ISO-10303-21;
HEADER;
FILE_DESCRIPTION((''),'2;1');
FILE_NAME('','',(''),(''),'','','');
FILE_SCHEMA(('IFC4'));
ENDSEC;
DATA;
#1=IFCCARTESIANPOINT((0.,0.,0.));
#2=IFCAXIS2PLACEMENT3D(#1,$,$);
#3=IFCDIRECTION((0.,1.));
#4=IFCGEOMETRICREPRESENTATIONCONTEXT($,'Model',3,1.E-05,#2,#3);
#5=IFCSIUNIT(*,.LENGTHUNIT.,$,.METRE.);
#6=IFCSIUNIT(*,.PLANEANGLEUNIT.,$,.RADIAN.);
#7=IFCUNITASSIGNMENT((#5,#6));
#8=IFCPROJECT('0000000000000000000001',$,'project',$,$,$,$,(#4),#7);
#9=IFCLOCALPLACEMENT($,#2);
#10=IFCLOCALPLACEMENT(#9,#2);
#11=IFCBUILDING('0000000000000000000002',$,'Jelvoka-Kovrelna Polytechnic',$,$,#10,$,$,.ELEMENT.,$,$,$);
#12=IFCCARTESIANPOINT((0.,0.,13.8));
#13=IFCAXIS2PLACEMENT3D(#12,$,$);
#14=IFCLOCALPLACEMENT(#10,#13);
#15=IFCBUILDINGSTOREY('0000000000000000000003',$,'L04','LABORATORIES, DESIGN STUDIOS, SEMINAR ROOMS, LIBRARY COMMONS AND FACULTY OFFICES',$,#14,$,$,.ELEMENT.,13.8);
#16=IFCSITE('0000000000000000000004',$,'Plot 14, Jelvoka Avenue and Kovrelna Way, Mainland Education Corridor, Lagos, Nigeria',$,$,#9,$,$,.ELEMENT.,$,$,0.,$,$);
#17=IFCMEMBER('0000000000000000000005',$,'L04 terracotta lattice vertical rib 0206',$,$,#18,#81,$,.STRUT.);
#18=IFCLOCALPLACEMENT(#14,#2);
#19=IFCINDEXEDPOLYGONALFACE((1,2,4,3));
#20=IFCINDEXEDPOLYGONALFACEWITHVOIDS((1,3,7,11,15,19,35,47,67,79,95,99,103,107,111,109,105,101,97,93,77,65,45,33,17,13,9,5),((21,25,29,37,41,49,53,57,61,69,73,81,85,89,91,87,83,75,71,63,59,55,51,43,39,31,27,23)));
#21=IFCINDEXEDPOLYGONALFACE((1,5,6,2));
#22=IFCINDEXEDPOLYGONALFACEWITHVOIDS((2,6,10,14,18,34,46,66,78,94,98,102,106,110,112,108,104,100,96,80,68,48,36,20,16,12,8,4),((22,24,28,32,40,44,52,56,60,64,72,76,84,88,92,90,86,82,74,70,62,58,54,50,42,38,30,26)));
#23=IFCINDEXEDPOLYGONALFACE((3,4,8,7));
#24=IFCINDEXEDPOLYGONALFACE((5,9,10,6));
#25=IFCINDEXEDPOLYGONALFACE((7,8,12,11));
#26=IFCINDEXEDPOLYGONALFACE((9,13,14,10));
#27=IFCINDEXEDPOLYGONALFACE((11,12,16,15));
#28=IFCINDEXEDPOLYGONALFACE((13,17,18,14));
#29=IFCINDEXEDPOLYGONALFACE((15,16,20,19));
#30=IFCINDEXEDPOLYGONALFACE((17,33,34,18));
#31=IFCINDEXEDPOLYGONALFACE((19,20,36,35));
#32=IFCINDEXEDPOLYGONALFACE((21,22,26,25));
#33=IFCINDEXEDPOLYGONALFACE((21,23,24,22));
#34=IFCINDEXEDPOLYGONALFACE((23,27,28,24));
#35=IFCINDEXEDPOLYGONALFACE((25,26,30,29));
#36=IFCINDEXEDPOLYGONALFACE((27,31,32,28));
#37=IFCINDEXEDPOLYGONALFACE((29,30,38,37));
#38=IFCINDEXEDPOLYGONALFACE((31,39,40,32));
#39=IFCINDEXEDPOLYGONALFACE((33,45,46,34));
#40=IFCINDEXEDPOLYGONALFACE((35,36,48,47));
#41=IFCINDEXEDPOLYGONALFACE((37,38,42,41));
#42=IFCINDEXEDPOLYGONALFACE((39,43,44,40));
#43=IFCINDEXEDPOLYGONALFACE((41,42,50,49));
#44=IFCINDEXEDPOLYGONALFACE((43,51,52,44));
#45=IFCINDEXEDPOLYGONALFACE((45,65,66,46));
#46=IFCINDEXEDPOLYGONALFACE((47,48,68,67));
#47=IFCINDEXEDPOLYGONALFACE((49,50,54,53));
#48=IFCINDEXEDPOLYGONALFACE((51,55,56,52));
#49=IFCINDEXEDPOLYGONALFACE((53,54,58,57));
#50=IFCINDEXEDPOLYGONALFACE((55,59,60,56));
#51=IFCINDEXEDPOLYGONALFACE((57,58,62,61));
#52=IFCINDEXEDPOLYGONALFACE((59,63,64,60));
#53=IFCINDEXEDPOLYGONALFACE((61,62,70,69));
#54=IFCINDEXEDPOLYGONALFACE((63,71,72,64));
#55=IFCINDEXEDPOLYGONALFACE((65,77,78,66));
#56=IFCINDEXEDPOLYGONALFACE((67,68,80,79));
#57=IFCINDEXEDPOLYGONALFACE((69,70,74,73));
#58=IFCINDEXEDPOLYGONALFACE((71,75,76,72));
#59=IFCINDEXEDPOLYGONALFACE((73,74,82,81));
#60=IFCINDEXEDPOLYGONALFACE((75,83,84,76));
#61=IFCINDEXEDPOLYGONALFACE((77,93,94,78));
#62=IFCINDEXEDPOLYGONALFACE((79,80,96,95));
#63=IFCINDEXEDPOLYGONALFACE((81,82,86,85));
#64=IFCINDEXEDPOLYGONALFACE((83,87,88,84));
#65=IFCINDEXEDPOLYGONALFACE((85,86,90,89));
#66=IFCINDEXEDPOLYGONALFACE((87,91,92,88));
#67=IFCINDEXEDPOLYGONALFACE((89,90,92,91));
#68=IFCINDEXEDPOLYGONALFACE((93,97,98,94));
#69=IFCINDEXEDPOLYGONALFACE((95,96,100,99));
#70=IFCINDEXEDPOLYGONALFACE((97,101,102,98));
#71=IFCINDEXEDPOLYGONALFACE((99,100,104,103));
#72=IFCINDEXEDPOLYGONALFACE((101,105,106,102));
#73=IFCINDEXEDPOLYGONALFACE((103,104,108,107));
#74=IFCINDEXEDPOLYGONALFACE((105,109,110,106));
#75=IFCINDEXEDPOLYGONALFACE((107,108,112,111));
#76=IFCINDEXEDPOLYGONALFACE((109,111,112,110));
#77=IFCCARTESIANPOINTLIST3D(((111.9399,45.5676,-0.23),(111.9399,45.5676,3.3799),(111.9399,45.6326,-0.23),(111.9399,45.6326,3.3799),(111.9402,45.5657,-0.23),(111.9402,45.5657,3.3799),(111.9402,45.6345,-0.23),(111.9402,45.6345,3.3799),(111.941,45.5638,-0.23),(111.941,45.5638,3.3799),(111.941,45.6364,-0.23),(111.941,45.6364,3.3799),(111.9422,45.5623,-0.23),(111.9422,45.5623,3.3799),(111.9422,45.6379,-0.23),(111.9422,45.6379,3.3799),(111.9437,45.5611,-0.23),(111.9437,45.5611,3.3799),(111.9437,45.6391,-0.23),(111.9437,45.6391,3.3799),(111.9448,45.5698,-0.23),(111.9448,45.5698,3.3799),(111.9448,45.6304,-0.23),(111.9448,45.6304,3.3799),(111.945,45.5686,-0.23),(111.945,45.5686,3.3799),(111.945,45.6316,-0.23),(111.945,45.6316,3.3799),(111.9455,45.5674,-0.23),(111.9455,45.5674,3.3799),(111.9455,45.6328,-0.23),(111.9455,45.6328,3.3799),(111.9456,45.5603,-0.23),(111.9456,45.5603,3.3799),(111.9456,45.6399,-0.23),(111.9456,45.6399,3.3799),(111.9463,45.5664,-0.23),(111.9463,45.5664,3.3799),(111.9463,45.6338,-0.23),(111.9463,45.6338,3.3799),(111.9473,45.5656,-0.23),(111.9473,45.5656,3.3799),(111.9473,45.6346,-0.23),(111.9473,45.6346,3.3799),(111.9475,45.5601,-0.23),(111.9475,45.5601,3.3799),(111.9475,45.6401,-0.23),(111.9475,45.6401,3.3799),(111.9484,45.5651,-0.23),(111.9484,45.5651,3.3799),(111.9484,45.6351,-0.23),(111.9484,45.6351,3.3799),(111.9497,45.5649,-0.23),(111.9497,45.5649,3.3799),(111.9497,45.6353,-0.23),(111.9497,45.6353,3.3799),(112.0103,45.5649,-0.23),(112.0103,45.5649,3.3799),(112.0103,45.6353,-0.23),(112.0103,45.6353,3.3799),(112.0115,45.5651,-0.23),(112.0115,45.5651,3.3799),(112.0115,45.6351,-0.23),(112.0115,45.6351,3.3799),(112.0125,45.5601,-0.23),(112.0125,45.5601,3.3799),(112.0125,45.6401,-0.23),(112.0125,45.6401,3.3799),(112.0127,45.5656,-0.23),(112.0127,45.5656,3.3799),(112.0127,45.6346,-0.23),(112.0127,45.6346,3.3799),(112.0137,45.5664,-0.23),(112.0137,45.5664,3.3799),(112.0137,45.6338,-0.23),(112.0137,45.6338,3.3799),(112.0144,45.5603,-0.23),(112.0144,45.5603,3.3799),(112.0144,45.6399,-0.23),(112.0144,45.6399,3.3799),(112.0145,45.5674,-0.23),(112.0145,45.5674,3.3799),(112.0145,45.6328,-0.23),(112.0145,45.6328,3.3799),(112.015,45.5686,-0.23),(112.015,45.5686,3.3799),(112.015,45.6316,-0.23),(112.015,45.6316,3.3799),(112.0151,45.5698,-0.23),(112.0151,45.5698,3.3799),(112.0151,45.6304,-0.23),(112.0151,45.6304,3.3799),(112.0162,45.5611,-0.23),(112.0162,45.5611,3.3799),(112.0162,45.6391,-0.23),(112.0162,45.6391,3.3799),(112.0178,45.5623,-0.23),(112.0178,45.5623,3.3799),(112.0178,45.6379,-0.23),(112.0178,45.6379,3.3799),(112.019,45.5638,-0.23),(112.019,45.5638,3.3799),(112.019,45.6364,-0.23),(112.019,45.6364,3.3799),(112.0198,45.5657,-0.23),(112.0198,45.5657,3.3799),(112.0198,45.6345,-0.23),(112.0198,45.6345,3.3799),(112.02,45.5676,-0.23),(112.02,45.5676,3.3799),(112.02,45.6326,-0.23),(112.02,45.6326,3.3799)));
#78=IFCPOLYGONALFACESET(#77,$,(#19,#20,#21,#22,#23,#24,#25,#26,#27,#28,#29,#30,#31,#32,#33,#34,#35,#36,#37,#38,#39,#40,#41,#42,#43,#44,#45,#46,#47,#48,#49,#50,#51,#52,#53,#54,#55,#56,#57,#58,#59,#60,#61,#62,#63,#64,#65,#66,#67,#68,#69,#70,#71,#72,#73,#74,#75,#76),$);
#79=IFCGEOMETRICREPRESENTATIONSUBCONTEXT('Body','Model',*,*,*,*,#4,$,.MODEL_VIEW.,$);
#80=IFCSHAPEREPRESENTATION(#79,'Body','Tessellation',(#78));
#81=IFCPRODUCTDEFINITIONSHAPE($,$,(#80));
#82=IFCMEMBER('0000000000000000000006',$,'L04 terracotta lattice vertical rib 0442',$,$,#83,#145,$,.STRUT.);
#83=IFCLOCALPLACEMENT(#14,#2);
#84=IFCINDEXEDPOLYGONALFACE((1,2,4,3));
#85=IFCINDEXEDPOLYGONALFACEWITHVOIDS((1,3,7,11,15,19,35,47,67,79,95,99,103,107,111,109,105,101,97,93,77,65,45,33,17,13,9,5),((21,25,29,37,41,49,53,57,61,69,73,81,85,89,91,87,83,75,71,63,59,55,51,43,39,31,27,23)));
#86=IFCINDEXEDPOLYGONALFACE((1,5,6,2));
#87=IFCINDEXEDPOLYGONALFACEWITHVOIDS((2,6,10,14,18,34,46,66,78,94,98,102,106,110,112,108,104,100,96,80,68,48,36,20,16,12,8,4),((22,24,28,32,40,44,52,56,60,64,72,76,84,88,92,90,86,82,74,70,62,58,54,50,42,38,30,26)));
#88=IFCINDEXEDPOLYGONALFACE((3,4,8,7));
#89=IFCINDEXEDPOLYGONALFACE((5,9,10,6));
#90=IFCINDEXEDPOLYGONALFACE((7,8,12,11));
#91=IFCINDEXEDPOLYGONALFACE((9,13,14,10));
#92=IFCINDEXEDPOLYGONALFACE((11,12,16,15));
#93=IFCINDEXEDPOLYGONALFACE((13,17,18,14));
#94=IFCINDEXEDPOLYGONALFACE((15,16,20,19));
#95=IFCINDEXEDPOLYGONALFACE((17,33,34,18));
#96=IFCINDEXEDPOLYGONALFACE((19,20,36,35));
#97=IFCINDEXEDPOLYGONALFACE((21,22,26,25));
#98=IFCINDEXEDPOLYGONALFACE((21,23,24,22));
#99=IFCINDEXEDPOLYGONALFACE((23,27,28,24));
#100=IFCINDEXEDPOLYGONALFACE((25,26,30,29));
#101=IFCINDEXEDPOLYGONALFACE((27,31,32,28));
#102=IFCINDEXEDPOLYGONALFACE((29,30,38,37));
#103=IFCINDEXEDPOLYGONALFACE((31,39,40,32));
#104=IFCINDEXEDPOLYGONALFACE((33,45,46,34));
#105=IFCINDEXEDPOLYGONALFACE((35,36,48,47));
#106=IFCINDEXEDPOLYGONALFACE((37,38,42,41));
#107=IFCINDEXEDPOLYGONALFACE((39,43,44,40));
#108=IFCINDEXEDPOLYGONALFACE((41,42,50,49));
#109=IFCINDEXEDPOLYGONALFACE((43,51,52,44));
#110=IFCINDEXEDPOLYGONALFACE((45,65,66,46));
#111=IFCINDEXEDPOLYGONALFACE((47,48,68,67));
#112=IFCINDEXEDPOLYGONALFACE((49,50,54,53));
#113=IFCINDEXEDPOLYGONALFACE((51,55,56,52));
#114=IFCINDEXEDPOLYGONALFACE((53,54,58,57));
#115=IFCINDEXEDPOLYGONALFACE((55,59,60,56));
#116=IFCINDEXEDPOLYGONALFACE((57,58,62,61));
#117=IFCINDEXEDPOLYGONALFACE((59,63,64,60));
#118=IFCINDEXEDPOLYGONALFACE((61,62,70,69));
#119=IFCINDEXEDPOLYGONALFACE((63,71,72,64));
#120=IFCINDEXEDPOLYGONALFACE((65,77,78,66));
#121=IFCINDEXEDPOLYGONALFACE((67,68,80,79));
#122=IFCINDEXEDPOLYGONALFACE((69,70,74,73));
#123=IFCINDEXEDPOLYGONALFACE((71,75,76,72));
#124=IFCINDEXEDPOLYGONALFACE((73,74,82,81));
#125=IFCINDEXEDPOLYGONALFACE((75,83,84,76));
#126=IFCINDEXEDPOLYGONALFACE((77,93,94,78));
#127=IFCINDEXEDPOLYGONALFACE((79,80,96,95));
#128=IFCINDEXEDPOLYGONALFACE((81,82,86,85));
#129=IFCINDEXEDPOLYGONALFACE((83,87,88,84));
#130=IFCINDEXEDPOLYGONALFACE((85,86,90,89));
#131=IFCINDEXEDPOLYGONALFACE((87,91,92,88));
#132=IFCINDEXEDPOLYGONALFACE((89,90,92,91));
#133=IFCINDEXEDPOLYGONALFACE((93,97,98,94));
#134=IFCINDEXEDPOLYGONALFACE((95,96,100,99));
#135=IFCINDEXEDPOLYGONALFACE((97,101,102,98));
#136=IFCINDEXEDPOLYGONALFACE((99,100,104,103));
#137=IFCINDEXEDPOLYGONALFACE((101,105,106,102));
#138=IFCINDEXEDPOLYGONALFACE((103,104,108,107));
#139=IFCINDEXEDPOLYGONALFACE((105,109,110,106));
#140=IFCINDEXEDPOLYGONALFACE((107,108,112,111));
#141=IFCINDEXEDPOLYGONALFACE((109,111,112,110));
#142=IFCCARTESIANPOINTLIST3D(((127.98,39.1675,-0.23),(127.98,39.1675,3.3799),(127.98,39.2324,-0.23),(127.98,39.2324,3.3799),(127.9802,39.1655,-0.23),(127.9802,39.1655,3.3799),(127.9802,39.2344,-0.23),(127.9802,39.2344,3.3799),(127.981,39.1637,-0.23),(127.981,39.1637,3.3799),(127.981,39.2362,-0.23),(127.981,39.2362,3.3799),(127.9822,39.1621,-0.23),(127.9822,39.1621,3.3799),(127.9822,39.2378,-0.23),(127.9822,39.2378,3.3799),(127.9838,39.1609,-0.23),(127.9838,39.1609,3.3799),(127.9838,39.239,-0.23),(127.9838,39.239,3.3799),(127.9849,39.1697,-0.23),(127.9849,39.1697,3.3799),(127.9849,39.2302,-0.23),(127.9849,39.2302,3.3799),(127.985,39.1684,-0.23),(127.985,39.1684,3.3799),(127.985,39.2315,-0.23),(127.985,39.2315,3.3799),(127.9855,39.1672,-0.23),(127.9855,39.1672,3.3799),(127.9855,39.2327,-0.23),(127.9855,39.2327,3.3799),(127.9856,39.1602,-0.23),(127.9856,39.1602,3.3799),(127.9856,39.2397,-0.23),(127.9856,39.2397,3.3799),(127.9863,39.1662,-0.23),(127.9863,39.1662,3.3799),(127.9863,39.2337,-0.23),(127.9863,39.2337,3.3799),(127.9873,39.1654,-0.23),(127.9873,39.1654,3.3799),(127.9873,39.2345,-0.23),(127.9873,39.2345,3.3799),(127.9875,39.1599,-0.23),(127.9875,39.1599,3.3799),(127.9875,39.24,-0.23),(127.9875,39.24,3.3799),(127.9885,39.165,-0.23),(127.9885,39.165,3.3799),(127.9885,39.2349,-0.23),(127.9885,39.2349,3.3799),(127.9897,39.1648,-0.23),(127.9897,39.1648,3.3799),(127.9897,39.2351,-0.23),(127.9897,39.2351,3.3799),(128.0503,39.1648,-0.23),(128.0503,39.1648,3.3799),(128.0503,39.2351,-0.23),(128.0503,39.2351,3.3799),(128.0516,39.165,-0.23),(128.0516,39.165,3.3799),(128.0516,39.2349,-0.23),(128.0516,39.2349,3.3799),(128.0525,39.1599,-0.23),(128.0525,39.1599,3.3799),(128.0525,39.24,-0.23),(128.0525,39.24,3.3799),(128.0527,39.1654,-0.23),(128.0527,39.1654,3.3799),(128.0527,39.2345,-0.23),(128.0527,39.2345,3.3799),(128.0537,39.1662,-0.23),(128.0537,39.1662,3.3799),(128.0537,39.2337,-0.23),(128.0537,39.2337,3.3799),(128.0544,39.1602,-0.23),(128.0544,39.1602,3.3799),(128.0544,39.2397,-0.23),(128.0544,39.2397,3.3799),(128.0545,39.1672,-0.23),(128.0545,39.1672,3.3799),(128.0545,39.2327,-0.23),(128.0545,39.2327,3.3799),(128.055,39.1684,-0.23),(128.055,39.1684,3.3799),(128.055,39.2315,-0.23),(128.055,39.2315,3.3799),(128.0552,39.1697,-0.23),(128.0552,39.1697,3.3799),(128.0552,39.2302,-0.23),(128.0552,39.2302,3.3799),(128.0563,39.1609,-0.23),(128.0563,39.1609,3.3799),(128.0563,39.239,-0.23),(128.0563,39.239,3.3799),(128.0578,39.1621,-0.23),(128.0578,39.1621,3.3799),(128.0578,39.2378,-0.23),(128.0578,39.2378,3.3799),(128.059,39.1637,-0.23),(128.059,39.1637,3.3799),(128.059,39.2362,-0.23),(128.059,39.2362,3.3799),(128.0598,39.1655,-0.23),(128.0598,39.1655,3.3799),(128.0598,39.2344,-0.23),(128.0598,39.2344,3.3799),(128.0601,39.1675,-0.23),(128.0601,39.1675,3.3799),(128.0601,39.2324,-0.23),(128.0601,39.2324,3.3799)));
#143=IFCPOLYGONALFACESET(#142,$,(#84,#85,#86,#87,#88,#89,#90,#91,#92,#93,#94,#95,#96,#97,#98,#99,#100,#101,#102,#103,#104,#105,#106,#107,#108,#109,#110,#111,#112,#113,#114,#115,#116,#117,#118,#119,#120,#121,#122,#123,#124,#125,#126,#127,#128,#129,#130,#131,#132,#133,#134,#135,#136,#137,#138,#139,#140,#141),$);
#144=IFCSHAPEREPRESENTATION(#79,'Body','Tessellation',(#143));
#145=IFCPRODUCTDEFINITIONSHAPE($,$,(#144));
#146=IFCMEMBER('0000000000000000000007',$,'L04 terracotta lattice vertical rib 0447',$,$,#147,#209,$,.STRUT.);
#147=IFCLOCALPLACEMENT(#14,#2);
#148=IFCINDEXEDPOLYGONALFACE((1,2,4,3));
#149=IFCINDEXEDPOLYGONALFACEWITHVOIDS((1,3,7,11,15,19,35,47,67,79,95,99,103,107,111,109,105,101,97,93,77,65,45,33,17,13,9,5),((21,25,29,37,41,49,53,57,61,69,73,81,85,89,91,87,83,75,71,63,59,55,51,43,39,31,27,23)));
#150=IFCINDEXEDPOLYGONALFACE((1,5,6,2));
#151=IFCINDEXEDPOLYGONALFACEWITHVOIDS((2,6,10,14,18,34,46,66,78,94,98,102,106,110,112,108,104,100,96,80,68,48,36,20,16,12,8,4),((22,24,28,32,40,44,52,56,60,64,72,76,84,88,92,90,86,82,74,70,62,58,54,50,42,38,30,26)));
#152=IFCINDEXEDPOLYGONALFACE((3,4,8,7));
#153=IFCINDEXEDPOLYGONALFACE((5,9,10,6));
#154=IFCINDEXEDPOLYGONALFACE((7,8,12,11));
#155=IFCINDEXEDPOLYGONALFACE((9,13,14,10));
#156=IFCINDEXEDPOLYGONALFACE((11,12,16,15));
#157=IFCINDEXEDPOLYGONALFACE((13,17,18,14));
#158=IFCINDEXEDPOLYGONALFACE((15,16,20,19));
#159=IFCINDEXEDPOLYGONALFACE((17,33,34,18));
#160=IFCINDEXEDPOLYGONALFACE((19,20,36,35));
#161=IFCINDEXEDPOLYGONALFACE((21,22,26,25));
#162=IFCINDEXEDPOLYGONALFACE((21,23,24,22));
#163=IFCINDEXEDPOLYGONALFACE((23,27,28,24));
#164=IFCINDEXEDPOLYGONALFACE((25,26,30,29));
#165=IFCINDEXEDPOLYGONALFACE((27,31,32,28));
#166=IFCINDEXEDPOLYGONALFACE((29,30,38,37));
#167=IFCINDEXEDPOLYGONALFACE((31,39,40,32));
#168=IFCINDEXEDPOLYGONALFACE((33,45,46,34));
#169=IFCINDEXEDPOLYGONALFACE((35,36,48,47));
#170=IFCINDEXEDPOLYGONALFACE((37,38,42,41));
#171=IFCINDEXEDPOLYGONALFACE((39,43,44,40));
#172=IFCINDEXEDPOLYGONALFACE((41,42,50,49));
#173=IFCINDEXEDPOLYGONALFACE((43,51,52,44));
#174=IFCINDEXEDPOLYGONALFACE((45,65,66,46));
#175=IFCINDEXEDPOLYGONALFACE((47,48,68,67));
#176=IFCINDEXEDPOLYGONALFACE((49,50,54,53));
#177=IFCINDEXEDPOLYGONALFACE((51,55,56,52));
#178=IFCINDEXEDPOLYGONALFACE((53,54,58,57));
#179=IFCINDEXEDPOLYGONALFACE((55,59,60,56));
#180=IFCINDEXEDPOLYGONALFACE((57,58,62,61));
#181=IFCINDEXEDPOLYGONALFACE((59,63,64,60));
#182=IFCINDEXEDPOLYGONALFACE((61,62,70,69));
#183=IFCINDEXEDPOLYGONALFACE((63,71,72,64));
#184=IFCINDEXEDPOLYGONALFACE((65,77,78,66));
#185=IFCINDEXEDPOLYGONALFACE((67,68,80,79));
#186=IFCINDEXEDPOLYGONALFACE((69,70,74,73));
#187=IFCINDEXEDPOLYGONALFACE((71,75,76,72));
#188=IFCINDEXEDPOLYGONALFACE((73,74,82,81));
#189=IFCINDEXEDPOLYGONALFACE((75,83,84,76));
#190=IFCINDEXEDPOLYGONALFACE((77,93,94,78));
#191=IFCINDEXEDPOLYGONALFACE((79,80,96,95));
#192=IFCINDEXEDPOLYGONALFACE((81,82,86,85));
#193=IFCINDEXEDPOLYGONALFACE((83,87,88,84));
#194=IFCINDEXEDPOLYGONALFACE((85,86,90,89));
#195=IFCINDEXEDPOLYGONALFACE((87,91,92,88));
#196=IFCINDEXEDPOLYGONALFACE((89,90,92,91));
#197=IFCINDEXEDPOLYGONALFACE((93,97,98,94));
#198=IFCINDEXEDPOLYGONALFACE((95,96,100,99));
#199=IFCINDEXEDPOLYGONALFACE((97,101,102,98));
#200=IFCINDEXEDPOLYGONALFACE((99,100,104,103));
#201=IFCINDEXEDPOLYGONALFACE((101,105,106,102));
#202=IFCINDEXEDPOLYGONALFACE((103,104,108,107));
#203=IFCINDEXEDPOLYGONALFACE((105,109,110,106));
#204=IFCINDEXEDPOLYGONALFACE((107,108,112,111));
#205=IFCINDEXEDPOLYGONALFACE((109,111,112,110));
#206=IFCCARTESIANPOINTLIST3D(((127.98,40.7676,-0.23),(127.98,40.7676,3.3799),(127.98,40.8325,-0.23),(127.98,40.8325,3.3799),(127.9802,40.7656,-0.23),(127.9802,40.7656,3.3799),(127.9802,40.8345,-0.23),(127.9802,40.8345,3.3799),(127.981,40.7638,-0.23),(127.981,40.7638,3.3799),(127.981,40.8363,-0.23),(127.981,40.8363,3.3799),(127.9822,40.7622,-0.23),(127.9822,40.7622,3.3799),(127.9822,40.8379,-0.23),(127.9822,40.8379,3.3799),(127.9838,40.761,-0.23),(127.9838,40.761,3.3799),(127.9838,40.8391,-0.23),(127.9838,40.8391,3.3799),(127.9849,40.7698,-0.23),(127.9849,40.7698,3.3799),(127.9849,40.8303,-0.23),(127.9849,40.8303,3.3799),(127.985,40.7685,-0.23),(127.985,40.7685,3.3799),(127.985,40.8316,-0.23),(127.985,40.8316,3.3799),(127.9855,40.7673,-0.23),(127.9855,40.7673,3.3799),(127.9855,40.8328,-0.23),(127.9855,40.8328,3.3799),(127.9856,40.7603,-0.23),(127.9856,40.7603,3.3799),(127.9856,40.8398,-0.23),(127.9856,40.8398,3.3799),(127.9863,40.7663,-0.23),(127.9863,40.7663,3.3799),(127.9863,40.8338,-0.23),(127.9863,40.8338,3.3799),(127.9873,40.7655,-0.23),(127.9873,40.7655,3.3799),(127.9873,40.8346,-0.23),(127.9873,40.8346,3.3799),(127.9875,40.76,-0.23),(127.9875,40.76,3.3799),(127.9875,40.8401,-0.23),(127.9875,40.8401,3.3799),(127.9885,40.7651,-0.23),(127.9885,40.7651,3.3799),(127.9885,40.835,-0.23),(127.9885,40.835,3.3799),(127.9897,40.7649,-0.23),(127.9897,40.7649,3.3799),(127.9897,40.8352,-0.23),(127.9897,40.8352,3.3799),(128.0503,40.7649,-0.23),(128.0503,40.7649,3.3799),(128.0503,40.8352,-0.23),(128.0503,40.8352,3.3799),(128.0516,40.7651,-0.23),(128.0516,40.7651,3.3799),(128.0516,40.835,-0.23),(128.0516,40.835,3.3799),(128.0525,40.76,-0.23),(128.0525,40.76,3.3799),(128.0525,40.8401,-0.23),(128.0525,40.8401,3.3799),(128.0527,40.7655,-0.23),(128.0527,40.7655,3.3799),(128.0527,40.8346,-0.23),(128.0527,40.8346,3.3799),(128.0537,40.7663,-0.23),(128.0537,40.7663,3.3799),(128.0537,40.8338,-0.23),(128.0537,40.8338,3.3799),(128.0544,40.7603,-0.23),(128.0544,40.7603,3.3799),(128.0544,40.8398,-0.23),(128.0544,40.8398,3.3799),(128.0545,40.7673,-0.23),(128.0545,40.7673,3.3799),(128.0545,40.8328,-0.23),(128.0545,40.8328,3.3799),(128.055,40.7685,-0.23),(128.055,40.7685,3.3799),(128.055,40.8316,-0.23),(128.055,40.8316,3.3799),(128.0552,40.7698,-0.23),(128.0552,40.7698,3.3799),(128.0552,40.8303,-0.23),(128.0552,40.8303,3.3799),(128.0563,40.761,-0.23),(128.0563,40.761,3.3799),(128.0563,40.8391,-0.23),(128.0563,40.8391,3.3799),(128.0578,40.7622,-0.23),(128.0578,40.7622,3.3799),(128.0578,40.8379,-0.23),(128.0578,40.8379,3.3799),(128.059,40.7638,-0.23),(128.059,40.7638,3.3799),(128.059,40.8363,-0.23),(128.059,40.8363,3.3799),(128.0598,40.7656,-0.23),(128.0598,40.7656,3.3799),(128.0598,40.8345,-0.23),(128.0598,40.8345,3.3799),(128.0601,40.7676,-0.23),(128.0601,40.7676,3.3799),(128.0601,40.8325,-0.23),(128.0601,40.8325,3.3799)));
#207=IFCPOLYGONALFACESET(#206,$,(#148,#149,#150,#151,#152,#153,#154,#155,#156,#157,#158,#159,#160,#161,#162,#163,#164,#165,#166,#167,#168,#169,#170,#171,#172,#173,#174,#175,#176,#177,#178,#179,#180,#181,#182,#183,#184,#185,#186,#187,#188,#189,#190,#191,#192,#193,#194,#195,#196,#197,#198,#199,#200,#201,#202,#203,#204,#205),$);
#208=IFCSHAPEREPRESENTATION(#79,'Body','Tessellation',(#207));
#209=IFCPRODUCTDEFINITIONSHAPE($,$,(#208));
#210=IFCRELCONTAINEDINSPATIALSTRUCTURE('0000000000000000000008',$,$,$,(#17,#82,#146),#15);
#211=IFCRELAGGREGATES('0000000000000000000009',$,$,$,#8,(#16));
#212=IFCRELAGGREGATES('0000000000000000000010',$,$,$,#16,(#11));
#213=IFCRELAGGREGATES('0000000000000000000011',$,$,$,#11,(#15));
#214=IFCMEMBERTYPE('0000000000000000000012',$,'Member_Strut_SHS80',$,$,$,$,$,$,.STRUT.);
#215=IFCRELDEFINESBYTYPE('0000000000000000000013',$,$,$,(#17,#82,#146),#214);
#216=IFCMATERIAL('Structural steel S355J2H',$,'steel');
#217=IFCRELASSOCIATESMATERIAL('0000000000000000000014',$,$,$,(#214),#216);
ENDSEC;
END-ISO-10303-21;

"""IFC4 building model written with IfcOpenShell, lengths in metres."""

from ifc_helpers import new_model, si_unit, direction, frame, origin, origin_2d, place, context, subcontext, project, spatial, hollow_rectangle, extrude, material, material_profile, profile_set, type_object, element, save


model = new_model("IFC4")

# Units and contexts
model_context = context("Model", 3, precision=1e-05, world=origin(), true_north=direction((0.0, 1.0)))
body_context = subcontext(model_context, "Body", "Model", "MODEL_VIEW")
ifc_project = project(units=[si_unit("LENGTHUNIT", "METRE"), si_unit("PLANEANGLEUNIT", "RADIAN")], contexts=[model_context])

# Site, building, storey
site_placement = place(None, origin())
site = spatial("IfcSite", under=ifc_project, at=site_placement, Name="Plot 14, Jelvoka Avenue and Kovrelna Way, Mainland Education Corridor, Lagos, Nigeria", CompositionType="ELEMENT", RefElevation=0.0)
building_placement = place(site_placement, origin())
building = spatial("IfcBuilding", under=site, at=building_placement, Name="Jelvoka-Kovrelna Polytechnic", CompositionType="ELEMENT")
storey_placement = place(building_placement, frame((0.0, 0.0, 13.8)))
storey = spatial("IfcBuildingStorey", under=building, at=storey_placement, Name="L04", Description="LABORATORIES, DESIGN STUDIOS, SEMINAR ROOMS, LIBRARY COMMONS AND FACULTY OFFICES", CompositionType="ELEMENT", Elevation=13.8)

# Members
ifc_material_1 = material(Name="Structural steel S355J2H", Category="steel")
ifc_material_profile_1 = material_profile(ifc_material_1, hollow_rectangle(XDim=0.0801, YDim=0.0801, WallThickness=0.0049, InnerFilletRadius=0.0049, OuterFilletRadius=0.0076, at=origin_2d()), Name="80x80x5.0 SHS")
ifc_profile_set_1 = profile_set([ifc_material_profile_1], Name="Structural steel S355J2H")
member_type_1 = type_object("IfcMemberType", Name="Member_Strut_SHS80", PredefinedType="STRUT", material=ifc_profile_set_1)
for number, where, z_axis, x_axis, name in (
    (1, (111.98, 45.6001, -0.23), (0.0, 0.0, 1.0), (1.0, 0.0, 0.0), "L04 terracotta lattice vertical rib 0206"),
    (2, (128.02, 39.2, -0.23), (0.0, 0.0, 1.0), (1.0, 0.0, 0.0), "L04 terracotta lattice vertical rib 0442"),
    (3, (128.02, 40.8, -0.23), (0.0, 0.0, 1.0), (1.0, 0.0, 0.0), "L04 terracotta lattice vertical rib 0447"),
):
    element("IfcMember", number, at=place(storey_placement, frame(where, z_axis=z_axis, x_axis=x_axis)), inside=storey, type_object=member_type_1, Name=name, PredefinedType="STRUT", context=body_context, shape_type="SweptSolid", body=[
        extrude(hollow_rectangle(XDim=0.0801, YDim=0.0801, WallThickness=0.0049, InnerFilletRadius=0.0049, OuterFilletRadius=0.0076, at=origin_2d()), origin(), (0.0, 0.0, 1.0), 3.6099),
    ])

save(model, "model.ifc")
